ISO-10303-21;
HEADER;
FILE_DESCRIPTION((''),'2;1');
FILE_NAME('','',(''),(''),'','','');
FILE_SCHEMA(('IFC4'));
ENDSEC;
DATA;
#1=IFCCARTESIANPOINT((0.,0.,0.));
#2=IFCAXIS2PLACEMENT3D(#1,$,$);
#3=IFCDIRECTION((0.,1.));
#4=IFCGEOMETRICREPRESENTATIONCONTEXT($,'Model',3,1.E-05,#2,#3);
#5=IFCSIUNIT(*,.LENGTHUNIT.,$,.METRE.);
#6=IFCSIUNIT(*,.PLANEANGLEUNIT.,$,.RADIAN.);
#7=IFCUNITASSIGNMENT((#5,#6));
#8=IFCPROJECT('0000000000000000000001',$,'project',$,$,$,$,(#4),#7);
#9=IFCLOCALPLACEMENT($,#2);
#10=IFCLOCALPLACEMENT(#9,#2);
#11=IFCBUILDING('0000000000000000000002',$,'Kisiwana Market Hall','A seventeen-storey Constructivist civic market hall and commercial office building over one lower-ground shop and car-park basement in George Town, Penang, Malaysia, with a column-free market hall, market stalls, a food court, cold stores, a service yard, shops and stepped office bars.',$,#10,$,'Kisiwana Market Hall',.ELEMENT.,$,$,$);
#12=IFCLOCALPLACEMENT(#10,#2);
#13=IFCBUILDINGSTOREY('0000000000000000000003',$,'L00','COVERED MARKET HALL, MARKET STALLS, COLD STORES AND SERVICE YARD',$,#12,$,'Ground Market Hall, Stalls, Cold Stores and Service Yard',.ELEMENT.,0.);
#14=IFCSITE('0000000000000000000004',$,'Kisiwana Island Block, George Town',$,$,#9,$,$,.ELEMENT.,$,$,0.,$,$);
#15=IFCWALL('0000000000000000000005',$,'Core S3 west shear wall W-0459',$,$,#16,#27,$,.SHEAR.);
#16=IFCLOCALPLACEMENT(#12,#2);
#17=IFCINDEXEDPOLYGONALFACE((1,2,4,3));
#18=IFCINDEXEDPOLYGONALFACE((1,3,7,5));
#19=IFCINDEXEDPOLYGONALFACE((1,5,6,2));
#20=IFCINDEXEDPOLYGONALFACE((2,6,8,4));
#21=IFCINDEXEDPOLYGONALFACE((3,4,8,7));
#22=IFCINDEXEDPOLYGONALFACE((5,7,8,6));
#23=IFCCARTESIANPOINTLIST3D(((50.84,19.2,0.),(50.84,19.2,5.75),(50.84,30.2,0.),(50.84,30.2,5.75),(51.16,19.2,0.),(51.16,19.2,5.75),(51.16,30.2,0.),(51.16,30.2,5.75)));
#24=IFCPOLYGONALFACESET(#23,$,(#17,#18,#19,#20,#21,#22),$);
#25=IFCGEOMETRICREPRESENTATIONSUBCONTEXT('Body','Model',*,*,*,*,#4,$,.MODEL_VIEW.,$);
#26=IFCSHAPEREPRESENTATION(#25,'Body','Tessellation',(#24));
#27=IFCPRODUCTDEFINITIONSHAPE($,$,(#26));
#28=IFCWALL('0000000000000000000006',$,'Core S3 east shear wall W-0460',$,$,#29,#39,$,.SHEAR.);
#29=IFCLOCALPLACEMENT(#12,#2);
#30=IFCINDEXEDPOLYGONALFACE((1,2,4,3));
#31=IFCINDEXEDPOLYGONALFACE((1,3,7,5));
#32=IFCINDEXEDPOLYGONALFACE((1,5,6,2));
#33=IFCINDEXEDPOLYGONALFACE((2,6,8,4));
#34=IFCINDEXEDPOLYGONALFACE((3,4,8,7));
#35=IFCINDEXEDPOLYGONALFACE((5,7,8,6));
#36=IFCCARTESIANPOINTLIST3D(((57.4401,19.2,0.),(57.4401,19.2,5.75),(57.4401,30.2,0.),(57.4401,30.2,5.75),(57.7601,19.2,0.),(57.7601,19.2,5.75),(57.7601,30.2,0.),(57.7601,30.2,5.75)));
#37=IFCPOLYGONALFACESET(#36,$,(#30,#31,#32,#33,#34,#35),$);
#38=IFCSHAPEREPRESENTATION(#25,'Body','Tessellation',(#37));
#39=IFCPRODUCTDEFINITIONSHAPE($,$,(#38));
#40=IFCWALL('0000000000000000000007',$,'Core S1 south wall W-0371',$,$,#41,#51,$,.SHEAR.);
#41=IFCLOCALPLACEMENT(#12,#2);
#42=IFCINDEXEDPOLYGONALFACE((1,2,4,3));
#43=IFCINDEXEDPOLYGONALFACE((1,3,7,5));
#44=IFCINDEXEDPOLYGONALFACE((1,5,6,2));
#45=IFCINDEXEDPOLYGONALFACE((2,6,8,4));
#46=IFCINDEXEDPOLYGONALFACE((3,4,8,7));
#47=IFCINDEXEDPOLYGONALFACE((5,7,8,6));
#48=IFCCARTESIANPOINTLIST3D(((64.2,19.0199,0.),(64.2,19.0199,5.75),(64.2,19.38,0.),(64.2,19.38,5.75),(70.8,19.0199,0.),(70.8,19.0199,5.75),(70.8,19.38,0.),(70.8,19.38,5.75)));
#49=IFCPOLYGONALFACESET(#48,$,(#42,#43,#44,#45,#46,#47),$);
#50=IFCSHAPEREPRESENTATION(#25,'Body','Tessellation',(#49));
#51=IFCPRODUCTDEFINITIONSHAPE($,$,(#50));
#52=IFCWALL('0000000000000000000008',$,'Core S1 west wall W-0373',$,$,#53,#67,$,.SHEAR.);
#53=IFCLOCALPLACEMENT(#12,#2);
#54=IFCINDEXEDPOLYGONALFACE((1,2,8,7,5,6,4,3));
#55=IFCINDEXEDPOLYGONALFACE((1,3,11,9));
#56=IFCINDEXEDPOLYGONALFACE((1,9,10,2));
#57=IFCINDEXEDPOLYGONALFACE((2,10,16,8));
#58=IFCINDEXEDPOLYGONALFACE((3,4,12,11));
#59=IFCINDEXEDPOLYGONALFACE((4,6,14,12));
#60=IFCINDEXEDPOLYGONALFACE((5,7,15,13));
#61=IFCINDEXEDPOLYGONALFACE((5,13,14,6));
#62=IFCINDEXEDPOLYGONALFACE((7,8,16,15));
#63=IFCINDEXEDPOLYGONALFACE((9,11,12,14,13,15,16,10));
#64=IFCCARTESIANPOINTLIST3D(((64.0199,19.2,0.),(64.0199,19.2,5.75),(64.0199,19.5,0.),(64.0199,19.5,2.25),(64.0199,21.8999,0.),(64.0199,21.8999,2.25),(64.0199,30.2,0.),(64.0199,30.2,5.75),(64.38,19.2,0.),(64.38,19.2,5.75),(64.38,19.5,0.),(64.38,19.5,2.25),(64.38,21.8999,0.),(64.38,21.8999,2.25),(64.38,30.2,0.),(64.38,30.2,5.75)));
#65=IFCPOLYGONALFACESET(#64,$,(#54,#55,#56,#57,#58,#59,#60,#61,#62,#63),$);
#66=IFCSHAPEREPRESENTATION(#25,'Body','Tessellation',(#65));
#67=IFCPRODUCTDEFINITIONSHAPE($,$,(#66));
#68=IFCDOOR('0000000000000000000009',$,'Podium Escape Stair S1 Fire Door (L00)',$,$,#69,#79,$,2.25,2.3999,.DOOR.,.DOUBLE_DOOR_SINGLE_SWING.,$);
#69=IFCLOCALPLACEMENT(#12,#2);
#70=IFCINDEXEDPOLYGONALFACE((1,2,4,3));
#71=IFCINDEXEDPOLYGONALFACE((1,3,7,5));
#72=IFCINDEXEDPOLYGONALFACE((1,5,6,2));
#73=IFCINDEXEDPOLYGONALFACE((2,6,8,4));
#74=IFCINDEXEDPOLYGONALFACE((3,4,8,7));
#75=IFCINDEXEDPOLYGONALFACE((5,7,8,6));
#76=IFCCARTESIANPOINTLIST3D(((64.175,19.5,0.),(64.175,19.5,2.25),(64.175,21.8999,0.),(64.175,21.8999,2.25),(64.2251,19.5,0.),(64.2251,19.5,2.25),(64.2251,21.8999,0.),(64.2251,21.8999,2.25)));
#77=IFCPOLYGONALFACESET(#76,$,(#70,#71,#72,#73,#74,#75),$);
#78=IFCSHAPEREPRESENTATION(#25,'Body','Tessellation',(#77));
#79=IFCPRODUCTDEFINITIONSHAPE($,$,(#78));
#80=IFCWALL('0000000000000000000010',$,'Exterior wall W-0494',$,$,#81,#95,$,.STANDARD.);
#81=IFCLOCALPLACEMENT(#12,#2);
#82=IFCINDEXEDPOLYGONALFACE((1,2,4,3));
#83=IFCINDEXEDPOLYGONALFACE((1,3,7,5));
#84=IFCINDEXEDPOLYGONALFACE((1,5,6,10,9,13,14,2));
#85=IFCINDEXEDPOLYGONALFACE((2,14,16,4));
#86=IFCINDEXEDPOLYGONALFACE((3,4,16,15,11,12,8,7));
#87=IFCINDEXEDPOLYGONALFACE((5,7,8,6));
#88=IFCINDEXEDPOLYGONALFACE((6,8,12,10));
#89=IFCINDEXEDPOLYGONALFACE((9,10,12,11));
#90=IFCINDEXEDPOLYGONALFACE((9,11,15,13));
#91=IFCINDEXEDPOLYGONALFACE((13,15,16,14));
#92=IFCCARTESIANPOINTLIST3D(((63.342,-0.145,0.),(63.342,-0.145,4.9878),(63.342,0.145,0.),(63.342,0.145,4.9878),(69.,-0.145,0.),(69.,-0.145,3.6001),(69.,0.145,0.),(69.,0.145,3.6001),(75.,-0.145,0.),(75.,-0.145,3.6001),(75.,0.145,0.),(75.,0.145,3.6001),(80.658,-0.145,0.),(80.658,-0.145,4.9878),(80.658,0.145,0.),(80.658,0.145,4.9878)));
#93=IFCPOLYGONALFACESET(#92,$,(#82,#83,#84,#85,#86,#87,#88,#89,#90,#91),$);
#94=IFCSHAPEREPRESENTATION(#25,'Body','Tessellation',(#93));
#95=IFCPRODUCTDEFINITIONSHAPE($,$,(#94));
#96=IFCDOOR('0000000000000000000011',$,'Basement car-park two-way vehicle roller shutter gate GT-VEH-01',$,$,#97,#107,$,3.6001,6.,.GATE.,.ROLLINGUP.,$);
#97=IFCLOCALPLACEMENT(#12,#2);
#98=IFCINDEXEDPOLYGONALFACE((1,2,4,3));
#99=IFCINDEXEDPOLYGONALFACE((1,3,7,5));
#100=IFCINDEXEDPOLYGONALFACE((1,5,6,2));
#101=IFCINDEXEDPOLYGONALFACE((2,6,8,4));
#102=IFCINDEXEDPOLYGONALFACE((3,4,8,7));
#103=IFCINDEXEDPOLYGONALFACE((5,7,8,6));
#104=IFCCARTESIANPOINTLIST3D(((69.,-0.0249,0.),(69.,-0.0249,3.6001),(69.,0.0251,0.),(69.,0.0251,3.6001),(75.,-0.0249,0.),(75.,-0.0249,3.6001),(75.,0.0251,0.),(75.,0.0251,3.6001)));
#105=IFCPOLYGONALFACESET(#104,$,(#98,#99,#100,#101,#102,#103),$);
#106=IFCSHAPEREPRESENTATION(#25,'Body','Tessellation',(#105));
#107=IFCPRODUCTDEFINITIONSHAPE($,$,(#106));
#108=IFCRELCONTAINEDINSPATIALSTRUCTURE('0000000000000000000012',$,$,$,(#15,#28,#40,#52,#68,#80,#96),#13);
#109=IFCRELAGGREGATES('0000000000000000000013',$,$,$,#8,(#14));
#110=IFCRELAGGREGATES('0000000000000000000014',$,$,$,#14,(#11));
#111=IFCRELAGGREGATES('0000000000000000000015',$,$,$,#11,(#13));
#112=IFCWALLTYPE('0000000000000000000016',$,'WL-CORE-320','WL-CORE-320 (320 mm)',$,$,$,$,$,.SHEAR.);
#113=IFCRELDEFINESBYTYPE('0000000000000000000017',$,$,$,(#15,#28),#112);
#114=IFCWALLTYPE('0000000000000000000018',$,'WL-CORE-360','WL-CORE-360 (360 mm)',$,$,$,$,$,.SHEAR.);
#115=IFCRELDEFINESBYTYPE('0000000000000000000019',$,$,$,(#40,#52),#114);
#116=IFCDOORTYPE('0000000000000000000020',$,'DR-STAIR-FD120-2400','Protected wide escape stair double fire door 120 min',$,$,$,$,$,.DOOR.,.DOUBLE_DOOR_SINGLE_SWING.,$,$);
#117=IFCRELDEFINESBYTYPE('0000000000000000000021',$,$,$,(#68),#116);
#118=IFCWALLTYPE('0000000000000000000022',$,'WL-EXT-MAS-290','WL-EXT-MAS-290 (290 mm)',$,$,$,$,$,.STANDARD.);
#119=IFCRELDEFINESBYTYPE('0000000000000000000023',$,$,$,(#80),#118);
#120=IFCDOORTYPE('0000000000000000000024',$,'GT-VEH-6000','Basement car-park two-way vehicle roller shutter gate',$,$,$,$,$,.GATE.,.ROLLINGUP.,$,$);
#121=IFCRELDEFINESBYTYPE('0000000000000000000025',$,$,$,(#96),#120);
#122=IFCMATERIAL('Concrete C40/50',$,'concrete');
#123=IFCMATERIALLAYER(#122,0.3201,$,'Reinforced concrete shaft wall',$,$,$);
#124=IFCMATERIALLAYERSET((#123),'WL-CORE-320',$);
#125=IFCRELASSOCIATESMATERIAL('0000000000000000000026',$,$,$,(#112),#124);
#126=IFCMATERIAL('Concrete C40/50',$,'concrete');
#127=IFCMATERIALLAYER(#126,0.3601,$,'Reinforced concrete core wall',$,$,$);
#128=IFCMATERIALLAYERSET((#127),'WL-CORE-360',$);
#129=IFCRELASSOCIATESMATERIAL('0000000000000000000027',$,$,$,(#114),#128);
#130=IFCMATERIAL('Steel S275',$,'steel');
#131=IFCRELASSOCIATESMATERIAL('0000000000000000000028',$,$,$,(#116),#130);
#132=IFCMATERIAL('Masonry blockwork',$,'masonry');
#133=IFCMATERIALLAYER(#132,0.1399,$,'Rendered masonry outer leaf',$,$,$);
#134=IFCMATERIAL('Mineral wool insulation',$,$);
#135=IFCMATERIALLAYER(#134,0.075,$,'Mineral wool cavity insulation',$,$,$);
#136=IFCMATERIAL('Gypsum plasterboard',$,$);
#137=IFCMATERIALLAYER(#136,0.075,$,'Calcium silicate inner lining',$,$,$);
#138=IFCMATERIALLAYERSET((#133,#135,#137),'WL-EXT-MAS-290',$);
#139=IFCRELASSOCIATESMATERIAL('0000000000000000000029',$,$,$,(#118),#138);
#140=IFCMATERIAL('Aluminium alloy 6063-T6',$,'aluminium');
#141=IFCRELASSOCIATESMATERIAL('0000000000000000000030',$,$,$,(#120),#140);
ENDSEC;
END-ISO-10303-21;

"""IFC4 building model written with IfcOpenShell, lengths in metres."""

from ifc_helpers import new_model, si_unit, direction, frame, frame_2d, origin, place, context, subcontext, project, spatial, rectangle, extrude, material, layer, layer_set, type_object, element, fill, save


model = new_model("IFC4")

# Units and contexts
model_context = context("Model", 3, precision=1e-05, world=origin(), true_north=direction((0.0, 1.0)))
body_context = subcontext(model_context, "Body", "Model", "MODEL_VIEW")
ifc_project = project(units=[si_unit("LENGTHUNIT", "METRE"), si_unit("PLANEANGLEUNIT", "RADIAN")], contexts=[model_context])

# Site, building, storey
site_placement = place(None, origin())
site = spatial("IfcSite", under=ifc_project, at=site_placement, Name="Kisiwana Island Block, George Town", CompositionType="ELEMENT", RefElevation=0.0)
building_placement = place(site_placement, origin())
building = spatial("IfcBuilding", under=site, at=building_placement, Name="Kisiwana Market Hall", Description="A seventeen-storey Constructivist civic market hall and commercial office building over one lower-ground shop and car-park basement in George Town, Penang, Malaysia, with a column-free market hall, market stalls, a food court, cold stores, a service yard, shops and stepped office bars.", LongName="Kisiwana Market Hall", CompositionType="ELEMENT")
storey_placement = place(building_placement, origin())
storey = spatial("IfcBuildingStorey", under=building, at=storey_placement, Name="L00", Description="COVERED MARKET HALL, MARKET STALLS, COLD STORES AND SERVICE YARD", LongName="Ground Market Hall, Stalls, Cold Stores and Service Yard", CompositionType="ELEMENT", Elevation=0.0)

# Walls
ifc_material_1 = material(Name="Concrete C40/50", Category="concrete")
ifc_layer_1 = layer(ifc_material_1, 0.3201, Name="Reinforced concrete shaft wall")
ifc_layer_set_1 = layer_set([ifc_layer_1], Name="WL-CORE-320")
wall_type_1 = type_object("IfcWallType", Name="WL-CORE-320", Description="WL-CORE-320 (320 mm)", PredefinedType="SHEAR", material=ifc_layer_set_1)
for number, where, z_axis, x_axis, name in (
    (1, (51.0, 19.2, 0.0), (0.0, 0.0, 1.0), (0.0, 1.0, 0.0), "Core S3 west shear wall W-0459"),
    (2, (57.6001, 19.2, 0.0), (0.0, 0.0, 1.0), (0.0, 1.0, 0.0), "Core S3 east shear wall W-0460"),
):
    element("IfcWall", number, at=place(storey_placement, frame(where, z_axis=z_axis, x_axis=x_axis)), inside=storey, type_object=wall_type_1, Name=name, PredefinedType="SHEAR", context=body_context, shape_type="SweptSolid", body=[
        extrude(rectangle(XDim=11.0, YDim=0.3201, at=frame_2d((5.5, 0.0))), origin(), (0.0, 0.0, 1.0), 5.75),
    ])
ifc_material_2 = material(Name="Concrete C40/50", Category="concrete")
ifc_layer_2 = layer(ifc_material_2, 0.3601, Name="Reinforced concrete core wall")
ifc_layer_set_2 = layer_set([ifc_layer_2], Name="WL-CORE-360")
wall_type_2 = type_object("IfcWallType", Name="WL-CORE-360", Description="WL-CORE-360 (360 mm)", PredefinedType="SHEAR", material=ifc_layer_set_2)
wall_1_placement = place(storey_placement, frame((64.2, 19.2, 0.0), z_axis=(0.0, 0.0, 1.0), x_axis=(1.0, 0.0, 0.0)))
element("IfcWall", 3, at=wall_1_placement, inside=storey, type_object=wall_type_2, Name="Core S1 south wall W-0371", PredefinedType="SHEAR", context=body_context, shape_type="SweptSolid", body=[
    extrude(rectangle(XDim=6.6001, YDim=0.3601, at=frame_2d((3.3, 0.0))), origin(), (0.0, 0.0, 1.0), 5.75),
])

# Wall, opening, door
wall_2_placement = place(storey_placement, frame((64.2, 19.2, 0.0), z_axis=(0.0, 0.0, 1.0), x_axis=(0.0, 1.0, 0.0)))
wall_2 = element("IfcWall", 4, at=wall_2_placement, inside=storey, type_object=wall_type_2, Name="Core S1 west wall W-0373", PredefinedType="SHEAR", context=body_context, shape_type="SweptSolid", body=[
    extrude(rectangle(XDim=11.0, YDim=0.3601, at=frame_2d((5.5, 0.0))), origin(), (0.0, 0.0, 1.0), 5.75),
])
opening_1_placement = place(wall_2_placement, frame((0.3, 0.0, 0.0)))
opening_1 = element("IfcOpeningElement", 5, at=opening_1_placement, cuts=wall_2, PredefinedType="OPENING", context=body_context, shape_type="SweptSolid", body=[
    extrude(rectangle(XDim=2.3999, YDim=2.25, at=frame_2d((1.2, 1.125))), frame((0.0, 0.1919, 0.0), z_axis=(0.0, -1.0, 0.0), x_axis=(1.0, 0.0, 0.0)), (0.0, 0.0, 1.0), 0.384),
])
ifc_material_3 = material(Name="Steel S275", Category="steel")
door_type_1 = type_object("IfcDoorType", Name="DR-STAIR-FD120-2400", Description="Protected wide escape stair double fire door 120 min", OperationType="DOUBLE_DOOR_SINGLE_SWING", PredefinedType="DOOR", material=ifc_material_3)
door_1_placement = place(opening_1_placement, origin())
door_1 = element("IfcDoor", 6, at=door_1_placement, inside=storey, type_object=door_type_1, Name="Podium Escape Stair S1 Fire Door (L00)", OperationType="DOUBLE_DOOR_SINGLE_SWING", OverallHeight=2.25, OverallWidth=2.3999, PredefinedType="DOOR", context=body_context, shape_type="SweptSolid", body=[
    extrude(rectangle(XDim=2.3999, YDim=2.25, at=frame_2d((1.2, 1.125))), frame((0.0, 0.0249, 0.0), z_axis=(0.0, -1.0, 0.0), x_axis=(1.0, 0.0, 0.0)), (0.0, 0.0, 1.0), 0.05),
])
fill(opening_1, door_1)

# Shared definitions
ifc_material_4 = material(Name="Masonry blockwork", Category="masonry")
ifc_layer_3 = layer(ifc_material_4, 0.1399, Name="Rendered masonry outer leaf")
ifc_material_5 = material(Name="Mineral wool insulation")
ifc_layer_4 = layer(ifc_material_5, 0.075, Name="Mineral wool cavity insulation")
ifc_material_6 = material(Name="Gypsum plasterboard")
ifc_layer_5 = layer(ifc_material_6, 0.075, Name="Calcium silicate inner lining")
ifc_layer_set_3 = layer_set([ifc_layer_3, ifc_layer_4, ifc_layer_5], Name="WL-EXT-MAS-290")
wall_type_3 = type_object("IfcWallType", Name="WL-EXT-MAS-290", Description="WL-EXT-MAS-290 (290 mm)", PredefinedType="STANDARD", material=ifc_layer_set_3)

# Wall, opening, door
wall_3_placement = place(storey_placement, frame((63.342, 0.0, 0.0), z_axis=(0.0, 0.0, 1.0), x_axis=(1.0, 0.0, 0.0)))
wall_3 = element("IfcWall", 7, at=wall_3_placement, inside=storey, type_object=wall_type_3, Name="Exterior wall W-0494", PredefinedType="STANDARD", context=body_context, shape_type="SweptSolid", body=[
    extrude(rectangle(XDim=17.3159, YDim=0.29, at=frame_2d((8.658, 0.0))), origin(), (0.0, 0.0, 1.0), 4.9878),
])
opening_2_placement = place(wall_3_placement, frame((5.658, 0.0, 0.0)))
opening_2 = element("IfcOpeningElement", 8, at=opening_2_placement, cuts=wall_3, PredefinedType="OPENING", context=body_context, shape_type="SweptSolid", body=[
    extrude(rectangle(XDim=6.0, YDim=3.6001, at=frame_2d((3.0, 1.8))), frame((0.0, 0.157, 0.0), z_axis=(0.0, -1.0, 0.0), x_axis=(1.0, 0.0, 0.0)), (0.0, 0.0, 1.0), 0.314),
])
ifc_material_7 = material(Name="Aluminium alloy 6063-T6", Category="aluminium")
door_type_2 = type_object("IfcDoorType", Name="GT-VEH-6000", Description="Basement car-park two-way vehicle roller shutter gate", OperationType="ROLLINGUP", PredefinedType="GATE", material=ifc_material_7)
door_2_placement = place(opening_2_placement, frame((6.0, 0.0, 0.0), z_axis=(0.0, 0.0, 1.0), x_axis=(-1.0, 0.0, 0.0)))
door_2 = element("IfcDoor", 9, at=door_2_placement, inside=storey, type_object=door_type_2, Name="Basement car-park two-way vehicle roller shutter gate GT-VEH-01", OperationType="ROLLINGUP", OverallHeight=3.6001, OverallWidth=6.0, PredefinedType="GATE", context=body_context, shape_type="SweptSolid", body=[
    extrude(rectangle(XDim=6.0, YDim=3.6001, at=frame_2d((3.0, 1.8))), frame((0.0, 0.0249, 0.0), z_axis=(0.0, -1.0, 0.0), x_axis=(1.0, 0.0, 0.0)), (0.0, 0.0, 1.0), 0.05),
])
fill(opening_2, door_2)

save(model, "model.ifc")
